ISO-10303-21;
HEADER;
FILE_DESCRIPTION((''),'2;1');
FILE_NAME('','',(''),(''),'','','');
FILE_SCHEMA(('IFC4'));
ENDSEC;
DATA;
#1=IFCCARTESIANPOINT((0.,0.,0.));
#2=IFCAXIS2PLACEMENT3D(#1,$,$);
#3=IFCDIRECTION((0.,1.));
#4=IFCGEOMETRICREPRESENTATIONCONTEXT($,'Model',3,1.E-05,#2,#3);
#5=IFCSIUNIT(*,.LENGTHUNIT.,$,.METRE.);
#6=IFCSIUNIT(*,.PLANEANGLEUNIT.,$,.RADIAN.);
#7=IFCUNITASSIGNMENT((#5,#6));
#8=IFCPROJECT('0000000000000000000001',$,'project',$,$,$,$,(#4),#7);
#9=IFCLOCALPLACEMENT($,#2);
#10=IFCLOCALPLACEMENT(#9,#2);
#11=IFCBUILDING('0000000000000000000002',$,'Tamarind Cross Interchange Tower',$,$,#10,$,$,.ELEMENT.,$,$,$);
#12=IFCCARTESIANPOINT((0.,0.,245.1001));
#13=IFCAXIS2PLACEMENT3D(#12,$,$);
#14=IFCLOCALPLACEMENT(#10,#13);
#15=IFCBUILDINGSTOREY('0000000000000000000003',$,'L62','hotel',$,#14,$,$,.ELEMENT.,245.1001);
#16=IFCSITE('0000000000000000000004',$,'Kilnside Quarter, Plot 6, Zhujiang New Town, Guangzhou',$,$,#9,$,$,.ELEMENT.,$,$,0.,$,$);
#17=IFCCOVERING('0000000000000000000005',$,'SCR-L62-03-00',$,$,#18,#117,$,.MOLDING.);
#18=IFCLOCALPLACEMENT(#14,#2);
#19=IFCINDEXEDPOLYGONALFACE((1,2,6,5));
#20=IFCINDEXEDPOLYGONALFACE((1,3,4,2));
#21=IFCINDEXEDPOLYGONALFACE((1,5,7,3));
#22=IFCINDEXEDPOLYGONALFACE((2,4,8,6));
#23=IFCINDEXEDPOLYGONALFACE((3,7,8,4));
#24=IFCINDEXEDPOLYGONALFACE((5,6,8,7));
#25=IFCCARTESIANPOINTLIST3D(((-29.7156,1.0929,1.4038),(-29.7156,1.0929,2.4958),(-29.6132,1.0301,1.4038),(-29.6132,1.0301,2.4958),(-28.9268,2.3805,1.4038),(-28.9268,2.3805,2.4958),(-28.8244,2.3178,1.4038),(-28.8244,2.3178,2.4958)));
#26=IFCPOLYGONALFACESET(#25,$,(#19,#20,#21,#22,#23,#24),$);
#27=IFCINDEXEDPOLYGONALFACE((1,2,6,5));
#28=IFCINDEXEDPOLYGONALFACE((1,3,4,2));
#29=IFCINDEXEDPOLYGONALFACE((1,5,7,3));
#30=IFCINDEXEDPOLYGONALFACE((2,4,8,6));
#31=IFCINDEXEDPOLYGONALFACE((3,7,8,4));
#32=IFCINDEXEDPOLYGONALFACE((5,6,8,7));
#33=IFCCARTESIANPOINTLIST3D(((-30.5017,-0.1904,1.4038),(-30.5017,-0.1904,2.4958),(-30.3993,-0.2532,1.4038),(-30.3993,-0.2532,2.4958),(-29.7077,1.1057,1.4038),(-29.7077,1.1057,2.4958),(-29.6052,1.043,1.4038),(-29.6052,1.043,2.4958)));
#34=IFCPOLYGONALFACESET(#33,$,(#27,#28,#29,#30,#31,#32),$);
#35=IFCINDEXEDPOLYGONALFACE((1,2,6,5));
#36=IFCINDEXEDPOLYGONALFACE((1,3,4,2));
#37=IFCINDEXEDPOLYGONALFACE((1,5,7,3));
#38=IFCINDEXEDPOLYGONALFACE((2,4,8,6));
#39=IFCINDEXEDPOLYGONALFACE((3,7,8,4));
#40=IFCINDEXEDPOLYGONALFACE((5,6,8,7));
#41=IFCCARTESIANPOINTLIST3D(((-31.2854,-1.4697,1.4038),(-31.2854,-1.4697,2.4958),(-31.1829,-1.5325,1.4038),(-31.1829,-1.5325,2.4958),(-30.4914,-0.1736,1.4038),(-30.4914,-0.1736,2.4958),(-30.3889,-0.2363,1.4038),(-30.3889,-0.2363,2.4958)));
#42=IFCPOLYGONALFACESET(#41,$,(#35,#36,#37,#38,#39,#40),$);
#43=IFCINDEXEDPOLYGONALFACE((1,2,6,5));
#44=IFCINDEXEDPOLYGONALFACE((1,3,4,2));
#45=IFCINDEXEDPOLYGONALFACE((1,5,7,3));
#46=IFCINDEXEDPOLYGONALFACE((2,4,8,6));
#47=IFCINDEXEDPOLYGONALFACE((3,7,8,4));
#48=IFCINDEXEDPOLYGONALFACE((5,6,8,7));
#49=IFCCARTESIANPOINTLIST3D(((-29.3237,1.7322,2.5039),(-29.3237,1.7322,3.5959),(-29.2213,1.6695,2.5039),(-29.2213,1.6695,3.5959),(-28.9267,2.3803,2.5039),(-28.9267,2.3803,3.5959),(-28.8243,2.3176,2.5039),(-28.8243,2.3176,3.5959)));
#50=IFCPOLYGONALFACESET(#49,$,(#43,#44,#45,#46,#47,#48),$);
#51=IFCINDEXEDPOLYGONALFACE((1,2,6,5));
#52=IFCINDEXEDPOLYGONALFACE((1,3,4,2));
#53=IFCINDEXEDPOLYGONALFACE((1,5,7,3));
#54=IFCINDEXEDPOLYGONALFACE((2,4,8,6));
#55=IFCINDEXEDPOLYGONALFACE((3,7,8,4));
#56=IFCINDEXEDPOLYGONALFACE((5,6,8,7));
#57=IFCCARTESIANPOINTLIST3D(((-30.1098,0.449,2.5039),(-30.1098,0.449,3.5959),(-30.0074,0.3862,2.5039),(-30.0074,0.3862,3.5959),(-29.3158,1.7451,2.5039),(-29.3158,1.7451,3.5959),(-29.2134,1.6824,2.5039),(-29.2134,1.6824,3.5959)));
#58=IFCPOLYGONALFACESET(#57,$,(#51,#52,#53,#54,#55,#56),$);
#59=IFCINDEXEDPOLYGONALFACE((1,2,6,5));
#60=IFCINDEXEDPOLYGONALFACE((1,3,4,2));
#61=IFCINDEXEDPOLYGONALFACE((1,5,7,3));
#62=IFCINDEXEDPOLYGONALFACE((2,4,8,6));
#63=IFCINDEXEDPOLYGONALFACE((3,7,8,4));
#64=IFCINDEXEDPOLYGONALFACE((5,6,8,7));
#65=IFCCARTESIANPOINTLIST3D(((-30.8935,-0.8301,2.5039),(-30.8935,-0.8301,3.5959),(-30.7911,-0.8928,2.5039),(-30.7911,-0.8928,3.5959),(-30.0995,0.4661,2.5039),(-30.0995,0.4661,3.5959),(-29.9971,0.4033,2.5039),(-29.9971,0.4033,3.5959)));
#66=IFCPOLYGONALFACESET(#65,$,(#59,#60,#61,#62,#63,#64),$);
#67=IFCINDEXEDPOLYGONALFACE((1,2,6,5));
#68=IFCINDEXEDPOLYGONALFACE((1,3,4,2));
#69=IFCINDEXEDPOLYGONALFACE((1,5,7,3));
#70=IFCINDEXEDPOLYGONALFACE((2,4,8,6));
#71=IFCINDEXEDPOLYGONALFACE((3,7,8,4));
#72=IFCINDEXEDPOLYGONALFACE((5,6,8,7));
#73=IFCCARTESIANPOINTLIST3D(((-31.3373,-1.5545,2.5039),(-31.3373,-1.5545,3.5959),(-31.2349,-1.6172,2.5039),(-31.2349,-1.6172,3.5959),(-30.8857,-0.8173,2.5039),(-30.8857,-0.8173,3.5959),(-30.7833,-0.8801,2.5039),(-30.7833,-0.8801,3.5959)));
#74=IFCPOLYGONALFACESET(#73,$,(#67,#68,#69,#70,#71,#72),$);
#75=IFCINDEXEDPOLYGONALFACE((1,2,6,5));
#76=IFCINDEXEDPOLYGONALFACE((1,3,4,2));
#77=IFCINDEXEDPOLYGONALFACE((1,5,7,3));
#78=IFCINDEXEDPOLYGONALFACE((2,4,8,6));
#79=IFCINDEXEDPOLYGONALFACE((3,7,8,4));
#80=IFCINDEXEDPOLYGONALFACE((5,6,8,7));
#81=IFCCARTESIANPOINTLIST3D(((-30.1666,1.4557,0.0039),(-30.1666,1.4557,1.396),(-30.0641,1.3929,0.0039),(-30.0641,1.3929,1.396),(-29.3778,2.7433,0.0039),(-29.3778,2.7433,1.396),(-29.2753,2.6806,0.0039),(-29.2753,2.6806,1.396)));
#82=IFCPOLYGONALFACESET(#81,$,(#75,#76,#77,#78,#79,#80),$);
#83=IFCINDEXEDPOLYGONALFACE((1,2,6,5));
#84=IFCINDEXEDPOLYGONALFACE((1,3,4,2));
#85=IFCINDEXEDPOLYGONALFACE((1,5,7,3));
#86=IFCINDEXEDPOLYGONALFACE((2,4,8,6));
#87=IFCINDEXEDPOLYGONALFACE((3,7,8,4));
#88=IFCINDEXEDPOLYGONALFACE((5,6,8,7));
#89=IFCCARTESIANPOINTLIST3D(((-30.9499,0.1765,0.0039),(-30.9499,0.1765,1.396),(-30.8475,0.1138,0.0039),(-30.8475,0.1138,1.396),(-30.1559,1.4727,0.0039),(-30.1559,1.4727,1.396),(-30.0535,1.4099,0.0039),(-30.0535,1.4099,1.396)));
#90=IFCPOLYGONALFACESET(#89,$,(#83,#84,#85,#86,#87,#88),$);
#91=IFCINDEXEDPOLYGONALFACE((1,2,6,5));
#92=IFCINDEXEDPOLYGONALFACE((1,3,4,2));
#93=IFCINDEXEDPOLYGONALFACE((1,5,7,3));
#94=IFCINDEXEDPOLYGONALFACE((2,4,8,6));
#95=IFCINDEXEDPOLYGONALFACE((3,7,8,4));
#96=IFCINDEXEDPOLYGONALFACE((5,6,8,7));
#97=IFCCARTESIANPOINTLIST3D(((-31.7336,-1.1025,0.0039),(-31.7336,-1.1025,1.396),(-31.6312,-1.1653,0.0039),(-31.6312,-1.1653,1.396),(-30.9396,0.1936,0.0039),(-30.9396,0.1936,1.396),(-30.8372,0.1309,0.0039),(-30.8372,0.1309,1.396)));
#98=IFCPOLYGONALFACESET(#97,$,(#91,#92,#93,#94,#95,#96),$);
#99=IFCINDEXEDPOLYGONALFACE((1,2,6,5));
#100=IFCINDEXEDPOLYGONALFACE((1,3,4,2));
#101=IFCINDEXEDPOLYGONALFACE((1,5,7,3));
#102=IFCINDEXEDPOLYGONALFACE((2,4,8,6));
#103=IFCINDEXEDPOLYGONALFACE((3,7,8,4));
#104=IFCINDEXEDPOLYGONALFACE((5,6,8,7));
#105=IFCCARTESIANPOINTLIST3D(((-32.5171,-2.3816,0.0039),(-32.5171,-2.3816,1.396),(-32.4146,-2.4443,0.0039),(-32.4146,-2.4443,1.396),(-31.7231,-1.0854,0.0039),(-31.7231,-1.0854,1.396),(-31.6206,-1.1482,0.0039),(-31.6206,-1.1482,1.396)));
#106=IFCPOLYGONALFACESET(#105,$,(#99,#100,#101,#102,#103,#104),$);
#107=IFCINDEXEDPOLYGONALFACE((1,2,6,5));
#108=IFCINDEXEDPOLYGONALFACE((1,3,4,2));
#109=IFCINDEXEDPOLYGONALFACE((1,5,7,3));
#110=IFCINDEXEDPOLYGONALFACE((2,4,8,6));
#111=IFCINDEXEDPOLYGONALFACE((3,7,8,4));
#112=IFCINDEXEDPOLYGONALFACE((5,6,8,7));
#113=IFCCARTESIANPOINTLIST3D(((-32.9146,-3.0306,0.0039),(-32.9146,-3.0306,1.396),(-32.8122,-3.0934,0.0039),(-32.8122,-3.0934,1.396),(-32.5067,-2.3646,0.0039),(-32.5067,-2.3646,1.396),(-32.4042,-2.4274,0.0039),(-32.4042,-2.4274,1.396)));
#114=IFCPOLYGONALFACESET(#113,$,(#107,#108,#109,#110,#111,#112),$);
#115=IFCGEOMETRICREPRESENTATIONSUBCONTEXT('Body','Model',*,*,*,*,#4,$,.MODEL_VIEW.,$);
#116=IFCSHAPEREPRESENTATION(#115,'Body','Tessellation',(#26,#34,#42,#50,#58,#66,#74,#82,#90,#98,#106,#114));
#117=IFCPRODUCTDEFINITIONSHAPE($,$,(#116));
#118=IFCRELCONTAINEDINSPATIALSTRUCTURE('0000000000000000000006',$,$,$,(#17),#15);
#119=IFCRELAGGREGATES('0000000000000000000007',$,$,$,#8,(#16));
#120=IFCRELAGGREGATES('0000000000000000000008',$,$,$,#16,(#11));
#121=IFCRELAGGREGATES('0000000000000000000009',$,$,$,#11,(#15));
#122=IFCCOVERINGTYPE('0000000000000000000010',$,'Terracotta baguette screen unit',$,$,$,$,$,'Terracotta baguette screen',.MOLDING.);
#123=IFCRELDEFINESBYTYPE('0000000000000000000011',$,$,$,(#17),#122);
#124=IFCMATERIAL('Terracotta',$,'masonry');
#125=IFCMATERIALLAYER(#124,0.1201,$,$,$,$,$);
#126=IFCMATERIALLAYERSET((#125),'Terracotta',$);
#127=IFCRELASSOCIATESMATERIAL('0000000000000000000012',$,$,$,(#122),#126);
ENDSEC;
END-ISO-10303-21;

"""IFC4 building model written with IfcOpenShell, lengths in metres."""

from ifc_helpers import new_model, si_unit, direction, frame, origin, origin_2d, place, context, subcontext, project, spatial, rectangle, extrude, material, layer, layer_set, type_object, element, save


model = new_model("IFC4")

# Units and contexts
model_context = context("Model", 3, precision=1e-05, world=origin(), true_north=direction((0.0, 1.0)))
body_context = subcontext(model_context, "Body", "Model", "MODEL_VIEW")
ifc_project = project(units=[si_unit("LENGTHUNIT", "METRE"), si_unit("PLANEANGLEUNIT", "RADIAN")], contexts=[model_context])

# Site, building, storey
site_placement = place(None, origin())
site = spatial("IfcSite", under=ifc_project, at=site_placement, Name="Kilnside Quarter, Plot 6, Zhujiang New Town, Guangzhou", CompositionType="ELEMENT", RefElevation=0.0)
building_placement = place(site_placement, origin())
building = spatial("IfcBuilding", under=site, at=building_placement, Name="Tamarind Cross Interchange Tower", CompositionType="ELEMENT")
storey_placement = place(building_placement, frame((0.0, 0.0, 245.1001)))
storey = spatial("IfcBuildingStorey", under=building, at=storey_placement, Name="L62", Description="hotel", CompositionType="ELEMENT", Elevation=245.1001)

# Covering
ifc_material_1 = material(Name="Terracotta", Category="masonry")
ifc_layer_1 = layer(ifc_material_1, 0.1201)
ifc_layer_set_1 = layer_set([ifc_layer_1], Name="Terracotta")
covering_type = type_object("IfcCoveringType", Name="Terracotta baguette screen unit", ElementType="Terracotta baguette screen", PredefinedType="MOLDING", material=ifc_layer_set_1)
covering_1_placement = place(storey_placement, origin())
element("IfcCovering", 1, at=covering_1_placement, inside=storey, type_object=covering_type, Name="SCR-L62-03-00", PredefinedType="MOLDING", context=body_context, shape_type="SweptSolid", body=[
    extrude(rectangle(XDim=1.51, YDim=0.1201, at=origin_2d()), frame((-29.27, 1.7053, 1.4038), z_axis=(0.0, 0.0, 1.0), x_axis=(-0.522368, -0.85272, 0.0)), (0.0, 0.0, 1.0), 1.092),
    extrude(rectangle(XDim=1.52, YDim=0.1201, at=origin_2d()), frame((-30.0535, 0.4263, 1.4038), z_axis=(0.0, 0.0, 1.0), x_axis=(-0.522368, -0.85272, 0.0)), (0.0, 0.0, 1.0), 1.092),
    extrude(rectangle(XDim=1.52, YDim=0.1201, at=origin_2d()), frame((-30.8372, -0.853, 1.4038), z_axis=(0.0, 0.0, 1.0), x_axis=(-0.522368, -0.85272, 0.0)), (0.0, 0.0, 1.0), 1.092),
    extrude(rectangle(XDim=0.76, YDim=0.1201, at=origin_2d()), frame((-29.074, 2.0249, 2.5039), z_axis=(0.0, 0.0, 1.0), x_axis=(-0.522368, -0.85272, 0.0)), (0.0, 0.0, 1.0), 1.092),
    extrude(rectangle(XDim=1.52, YDim=0.1201, at=origin_2d()), frame((-29.6616, 1.0657, 2.5039), z_axis=(0.0, 0.0, 1.0), x_axis=(-0.522368, -0.85272, 0.0)), (0.0, 0.0, 1.0), 1.092),
    extrude(rectangle(XDim=1.52, YDim=0.1201, at=origin_2d()), frame((-30.4453, -0.2134, 2.5039), z_axis=(0.0, 0.0, 1.0), x_axis=(-0.522368, -0.85272, 0.0)), (0.0, 0.0, 1.0), 1.092),
    extrude(rectangle(XDim=0.8645, YDim=0.1201, at=origin_2d()), frame((-31.0603, -1.2173, 2.5039), z_axis=(0.0, 0.0, 1.0), x_axis=(-0.522368, -0.85272, 0.0)), (0.0, 0.0, 1.0), 1.092),
    extrude(rectangle(XDim=1.51, YDim=0.1201, at=origin_2d()), frame((-29.7209, 2.0681, 0.0039), z_axis=(0.0, 0.0, 1.0), x_axis=(-0.522368, -0.85272, 0.0)), (0.0, 0.0, 1.0), 1.3921),
    extrude(rectangle(XDim=1.52, YDim=0.1201, at=origin_2d()), frame((-30.5017, 0.7932, 0.0039), z_axis=(0.0, 0.0, 1.0), x_axis=(-0.522368, -0.85272, 0.0)), (0.0, 0.0, 1.0), 1.3921),
    extrude(rectangle(XDim=1.52, YDim=0.1201, at=origin_2d()), frame((-31.2854, -0.4858, 0.0039), z_axis=(0.0, 0.0, 1.0), x_axis=(-0.522368, -0.85272, 0.0)), (0.0, 0.0, 1.0), 1.3921),
    extrude(rectangle(XDim=1.52, YDim=0.1201, at=origin_2d()), frame((-32.0688, -1.7649, 0.0039), z_axis=(0.0, 0.0, 1.0), x_axis=(-0.522368, -0.85272, 0.0)), (0.0, 0.0, 1.0), 1.3921),
    extrude(rectangle(XDim=0.781, YDim=0.1201, at=origin_2d()), frame((-32.6594, -2.729, 0.0039), z_axis=(0.0, 0.0, 1.0), x_axis=(-0.522368, -0.85272, 0.0)), (0.0, 0.0, 1.0), 1.3921),
])

save(model, "model.ifc")
